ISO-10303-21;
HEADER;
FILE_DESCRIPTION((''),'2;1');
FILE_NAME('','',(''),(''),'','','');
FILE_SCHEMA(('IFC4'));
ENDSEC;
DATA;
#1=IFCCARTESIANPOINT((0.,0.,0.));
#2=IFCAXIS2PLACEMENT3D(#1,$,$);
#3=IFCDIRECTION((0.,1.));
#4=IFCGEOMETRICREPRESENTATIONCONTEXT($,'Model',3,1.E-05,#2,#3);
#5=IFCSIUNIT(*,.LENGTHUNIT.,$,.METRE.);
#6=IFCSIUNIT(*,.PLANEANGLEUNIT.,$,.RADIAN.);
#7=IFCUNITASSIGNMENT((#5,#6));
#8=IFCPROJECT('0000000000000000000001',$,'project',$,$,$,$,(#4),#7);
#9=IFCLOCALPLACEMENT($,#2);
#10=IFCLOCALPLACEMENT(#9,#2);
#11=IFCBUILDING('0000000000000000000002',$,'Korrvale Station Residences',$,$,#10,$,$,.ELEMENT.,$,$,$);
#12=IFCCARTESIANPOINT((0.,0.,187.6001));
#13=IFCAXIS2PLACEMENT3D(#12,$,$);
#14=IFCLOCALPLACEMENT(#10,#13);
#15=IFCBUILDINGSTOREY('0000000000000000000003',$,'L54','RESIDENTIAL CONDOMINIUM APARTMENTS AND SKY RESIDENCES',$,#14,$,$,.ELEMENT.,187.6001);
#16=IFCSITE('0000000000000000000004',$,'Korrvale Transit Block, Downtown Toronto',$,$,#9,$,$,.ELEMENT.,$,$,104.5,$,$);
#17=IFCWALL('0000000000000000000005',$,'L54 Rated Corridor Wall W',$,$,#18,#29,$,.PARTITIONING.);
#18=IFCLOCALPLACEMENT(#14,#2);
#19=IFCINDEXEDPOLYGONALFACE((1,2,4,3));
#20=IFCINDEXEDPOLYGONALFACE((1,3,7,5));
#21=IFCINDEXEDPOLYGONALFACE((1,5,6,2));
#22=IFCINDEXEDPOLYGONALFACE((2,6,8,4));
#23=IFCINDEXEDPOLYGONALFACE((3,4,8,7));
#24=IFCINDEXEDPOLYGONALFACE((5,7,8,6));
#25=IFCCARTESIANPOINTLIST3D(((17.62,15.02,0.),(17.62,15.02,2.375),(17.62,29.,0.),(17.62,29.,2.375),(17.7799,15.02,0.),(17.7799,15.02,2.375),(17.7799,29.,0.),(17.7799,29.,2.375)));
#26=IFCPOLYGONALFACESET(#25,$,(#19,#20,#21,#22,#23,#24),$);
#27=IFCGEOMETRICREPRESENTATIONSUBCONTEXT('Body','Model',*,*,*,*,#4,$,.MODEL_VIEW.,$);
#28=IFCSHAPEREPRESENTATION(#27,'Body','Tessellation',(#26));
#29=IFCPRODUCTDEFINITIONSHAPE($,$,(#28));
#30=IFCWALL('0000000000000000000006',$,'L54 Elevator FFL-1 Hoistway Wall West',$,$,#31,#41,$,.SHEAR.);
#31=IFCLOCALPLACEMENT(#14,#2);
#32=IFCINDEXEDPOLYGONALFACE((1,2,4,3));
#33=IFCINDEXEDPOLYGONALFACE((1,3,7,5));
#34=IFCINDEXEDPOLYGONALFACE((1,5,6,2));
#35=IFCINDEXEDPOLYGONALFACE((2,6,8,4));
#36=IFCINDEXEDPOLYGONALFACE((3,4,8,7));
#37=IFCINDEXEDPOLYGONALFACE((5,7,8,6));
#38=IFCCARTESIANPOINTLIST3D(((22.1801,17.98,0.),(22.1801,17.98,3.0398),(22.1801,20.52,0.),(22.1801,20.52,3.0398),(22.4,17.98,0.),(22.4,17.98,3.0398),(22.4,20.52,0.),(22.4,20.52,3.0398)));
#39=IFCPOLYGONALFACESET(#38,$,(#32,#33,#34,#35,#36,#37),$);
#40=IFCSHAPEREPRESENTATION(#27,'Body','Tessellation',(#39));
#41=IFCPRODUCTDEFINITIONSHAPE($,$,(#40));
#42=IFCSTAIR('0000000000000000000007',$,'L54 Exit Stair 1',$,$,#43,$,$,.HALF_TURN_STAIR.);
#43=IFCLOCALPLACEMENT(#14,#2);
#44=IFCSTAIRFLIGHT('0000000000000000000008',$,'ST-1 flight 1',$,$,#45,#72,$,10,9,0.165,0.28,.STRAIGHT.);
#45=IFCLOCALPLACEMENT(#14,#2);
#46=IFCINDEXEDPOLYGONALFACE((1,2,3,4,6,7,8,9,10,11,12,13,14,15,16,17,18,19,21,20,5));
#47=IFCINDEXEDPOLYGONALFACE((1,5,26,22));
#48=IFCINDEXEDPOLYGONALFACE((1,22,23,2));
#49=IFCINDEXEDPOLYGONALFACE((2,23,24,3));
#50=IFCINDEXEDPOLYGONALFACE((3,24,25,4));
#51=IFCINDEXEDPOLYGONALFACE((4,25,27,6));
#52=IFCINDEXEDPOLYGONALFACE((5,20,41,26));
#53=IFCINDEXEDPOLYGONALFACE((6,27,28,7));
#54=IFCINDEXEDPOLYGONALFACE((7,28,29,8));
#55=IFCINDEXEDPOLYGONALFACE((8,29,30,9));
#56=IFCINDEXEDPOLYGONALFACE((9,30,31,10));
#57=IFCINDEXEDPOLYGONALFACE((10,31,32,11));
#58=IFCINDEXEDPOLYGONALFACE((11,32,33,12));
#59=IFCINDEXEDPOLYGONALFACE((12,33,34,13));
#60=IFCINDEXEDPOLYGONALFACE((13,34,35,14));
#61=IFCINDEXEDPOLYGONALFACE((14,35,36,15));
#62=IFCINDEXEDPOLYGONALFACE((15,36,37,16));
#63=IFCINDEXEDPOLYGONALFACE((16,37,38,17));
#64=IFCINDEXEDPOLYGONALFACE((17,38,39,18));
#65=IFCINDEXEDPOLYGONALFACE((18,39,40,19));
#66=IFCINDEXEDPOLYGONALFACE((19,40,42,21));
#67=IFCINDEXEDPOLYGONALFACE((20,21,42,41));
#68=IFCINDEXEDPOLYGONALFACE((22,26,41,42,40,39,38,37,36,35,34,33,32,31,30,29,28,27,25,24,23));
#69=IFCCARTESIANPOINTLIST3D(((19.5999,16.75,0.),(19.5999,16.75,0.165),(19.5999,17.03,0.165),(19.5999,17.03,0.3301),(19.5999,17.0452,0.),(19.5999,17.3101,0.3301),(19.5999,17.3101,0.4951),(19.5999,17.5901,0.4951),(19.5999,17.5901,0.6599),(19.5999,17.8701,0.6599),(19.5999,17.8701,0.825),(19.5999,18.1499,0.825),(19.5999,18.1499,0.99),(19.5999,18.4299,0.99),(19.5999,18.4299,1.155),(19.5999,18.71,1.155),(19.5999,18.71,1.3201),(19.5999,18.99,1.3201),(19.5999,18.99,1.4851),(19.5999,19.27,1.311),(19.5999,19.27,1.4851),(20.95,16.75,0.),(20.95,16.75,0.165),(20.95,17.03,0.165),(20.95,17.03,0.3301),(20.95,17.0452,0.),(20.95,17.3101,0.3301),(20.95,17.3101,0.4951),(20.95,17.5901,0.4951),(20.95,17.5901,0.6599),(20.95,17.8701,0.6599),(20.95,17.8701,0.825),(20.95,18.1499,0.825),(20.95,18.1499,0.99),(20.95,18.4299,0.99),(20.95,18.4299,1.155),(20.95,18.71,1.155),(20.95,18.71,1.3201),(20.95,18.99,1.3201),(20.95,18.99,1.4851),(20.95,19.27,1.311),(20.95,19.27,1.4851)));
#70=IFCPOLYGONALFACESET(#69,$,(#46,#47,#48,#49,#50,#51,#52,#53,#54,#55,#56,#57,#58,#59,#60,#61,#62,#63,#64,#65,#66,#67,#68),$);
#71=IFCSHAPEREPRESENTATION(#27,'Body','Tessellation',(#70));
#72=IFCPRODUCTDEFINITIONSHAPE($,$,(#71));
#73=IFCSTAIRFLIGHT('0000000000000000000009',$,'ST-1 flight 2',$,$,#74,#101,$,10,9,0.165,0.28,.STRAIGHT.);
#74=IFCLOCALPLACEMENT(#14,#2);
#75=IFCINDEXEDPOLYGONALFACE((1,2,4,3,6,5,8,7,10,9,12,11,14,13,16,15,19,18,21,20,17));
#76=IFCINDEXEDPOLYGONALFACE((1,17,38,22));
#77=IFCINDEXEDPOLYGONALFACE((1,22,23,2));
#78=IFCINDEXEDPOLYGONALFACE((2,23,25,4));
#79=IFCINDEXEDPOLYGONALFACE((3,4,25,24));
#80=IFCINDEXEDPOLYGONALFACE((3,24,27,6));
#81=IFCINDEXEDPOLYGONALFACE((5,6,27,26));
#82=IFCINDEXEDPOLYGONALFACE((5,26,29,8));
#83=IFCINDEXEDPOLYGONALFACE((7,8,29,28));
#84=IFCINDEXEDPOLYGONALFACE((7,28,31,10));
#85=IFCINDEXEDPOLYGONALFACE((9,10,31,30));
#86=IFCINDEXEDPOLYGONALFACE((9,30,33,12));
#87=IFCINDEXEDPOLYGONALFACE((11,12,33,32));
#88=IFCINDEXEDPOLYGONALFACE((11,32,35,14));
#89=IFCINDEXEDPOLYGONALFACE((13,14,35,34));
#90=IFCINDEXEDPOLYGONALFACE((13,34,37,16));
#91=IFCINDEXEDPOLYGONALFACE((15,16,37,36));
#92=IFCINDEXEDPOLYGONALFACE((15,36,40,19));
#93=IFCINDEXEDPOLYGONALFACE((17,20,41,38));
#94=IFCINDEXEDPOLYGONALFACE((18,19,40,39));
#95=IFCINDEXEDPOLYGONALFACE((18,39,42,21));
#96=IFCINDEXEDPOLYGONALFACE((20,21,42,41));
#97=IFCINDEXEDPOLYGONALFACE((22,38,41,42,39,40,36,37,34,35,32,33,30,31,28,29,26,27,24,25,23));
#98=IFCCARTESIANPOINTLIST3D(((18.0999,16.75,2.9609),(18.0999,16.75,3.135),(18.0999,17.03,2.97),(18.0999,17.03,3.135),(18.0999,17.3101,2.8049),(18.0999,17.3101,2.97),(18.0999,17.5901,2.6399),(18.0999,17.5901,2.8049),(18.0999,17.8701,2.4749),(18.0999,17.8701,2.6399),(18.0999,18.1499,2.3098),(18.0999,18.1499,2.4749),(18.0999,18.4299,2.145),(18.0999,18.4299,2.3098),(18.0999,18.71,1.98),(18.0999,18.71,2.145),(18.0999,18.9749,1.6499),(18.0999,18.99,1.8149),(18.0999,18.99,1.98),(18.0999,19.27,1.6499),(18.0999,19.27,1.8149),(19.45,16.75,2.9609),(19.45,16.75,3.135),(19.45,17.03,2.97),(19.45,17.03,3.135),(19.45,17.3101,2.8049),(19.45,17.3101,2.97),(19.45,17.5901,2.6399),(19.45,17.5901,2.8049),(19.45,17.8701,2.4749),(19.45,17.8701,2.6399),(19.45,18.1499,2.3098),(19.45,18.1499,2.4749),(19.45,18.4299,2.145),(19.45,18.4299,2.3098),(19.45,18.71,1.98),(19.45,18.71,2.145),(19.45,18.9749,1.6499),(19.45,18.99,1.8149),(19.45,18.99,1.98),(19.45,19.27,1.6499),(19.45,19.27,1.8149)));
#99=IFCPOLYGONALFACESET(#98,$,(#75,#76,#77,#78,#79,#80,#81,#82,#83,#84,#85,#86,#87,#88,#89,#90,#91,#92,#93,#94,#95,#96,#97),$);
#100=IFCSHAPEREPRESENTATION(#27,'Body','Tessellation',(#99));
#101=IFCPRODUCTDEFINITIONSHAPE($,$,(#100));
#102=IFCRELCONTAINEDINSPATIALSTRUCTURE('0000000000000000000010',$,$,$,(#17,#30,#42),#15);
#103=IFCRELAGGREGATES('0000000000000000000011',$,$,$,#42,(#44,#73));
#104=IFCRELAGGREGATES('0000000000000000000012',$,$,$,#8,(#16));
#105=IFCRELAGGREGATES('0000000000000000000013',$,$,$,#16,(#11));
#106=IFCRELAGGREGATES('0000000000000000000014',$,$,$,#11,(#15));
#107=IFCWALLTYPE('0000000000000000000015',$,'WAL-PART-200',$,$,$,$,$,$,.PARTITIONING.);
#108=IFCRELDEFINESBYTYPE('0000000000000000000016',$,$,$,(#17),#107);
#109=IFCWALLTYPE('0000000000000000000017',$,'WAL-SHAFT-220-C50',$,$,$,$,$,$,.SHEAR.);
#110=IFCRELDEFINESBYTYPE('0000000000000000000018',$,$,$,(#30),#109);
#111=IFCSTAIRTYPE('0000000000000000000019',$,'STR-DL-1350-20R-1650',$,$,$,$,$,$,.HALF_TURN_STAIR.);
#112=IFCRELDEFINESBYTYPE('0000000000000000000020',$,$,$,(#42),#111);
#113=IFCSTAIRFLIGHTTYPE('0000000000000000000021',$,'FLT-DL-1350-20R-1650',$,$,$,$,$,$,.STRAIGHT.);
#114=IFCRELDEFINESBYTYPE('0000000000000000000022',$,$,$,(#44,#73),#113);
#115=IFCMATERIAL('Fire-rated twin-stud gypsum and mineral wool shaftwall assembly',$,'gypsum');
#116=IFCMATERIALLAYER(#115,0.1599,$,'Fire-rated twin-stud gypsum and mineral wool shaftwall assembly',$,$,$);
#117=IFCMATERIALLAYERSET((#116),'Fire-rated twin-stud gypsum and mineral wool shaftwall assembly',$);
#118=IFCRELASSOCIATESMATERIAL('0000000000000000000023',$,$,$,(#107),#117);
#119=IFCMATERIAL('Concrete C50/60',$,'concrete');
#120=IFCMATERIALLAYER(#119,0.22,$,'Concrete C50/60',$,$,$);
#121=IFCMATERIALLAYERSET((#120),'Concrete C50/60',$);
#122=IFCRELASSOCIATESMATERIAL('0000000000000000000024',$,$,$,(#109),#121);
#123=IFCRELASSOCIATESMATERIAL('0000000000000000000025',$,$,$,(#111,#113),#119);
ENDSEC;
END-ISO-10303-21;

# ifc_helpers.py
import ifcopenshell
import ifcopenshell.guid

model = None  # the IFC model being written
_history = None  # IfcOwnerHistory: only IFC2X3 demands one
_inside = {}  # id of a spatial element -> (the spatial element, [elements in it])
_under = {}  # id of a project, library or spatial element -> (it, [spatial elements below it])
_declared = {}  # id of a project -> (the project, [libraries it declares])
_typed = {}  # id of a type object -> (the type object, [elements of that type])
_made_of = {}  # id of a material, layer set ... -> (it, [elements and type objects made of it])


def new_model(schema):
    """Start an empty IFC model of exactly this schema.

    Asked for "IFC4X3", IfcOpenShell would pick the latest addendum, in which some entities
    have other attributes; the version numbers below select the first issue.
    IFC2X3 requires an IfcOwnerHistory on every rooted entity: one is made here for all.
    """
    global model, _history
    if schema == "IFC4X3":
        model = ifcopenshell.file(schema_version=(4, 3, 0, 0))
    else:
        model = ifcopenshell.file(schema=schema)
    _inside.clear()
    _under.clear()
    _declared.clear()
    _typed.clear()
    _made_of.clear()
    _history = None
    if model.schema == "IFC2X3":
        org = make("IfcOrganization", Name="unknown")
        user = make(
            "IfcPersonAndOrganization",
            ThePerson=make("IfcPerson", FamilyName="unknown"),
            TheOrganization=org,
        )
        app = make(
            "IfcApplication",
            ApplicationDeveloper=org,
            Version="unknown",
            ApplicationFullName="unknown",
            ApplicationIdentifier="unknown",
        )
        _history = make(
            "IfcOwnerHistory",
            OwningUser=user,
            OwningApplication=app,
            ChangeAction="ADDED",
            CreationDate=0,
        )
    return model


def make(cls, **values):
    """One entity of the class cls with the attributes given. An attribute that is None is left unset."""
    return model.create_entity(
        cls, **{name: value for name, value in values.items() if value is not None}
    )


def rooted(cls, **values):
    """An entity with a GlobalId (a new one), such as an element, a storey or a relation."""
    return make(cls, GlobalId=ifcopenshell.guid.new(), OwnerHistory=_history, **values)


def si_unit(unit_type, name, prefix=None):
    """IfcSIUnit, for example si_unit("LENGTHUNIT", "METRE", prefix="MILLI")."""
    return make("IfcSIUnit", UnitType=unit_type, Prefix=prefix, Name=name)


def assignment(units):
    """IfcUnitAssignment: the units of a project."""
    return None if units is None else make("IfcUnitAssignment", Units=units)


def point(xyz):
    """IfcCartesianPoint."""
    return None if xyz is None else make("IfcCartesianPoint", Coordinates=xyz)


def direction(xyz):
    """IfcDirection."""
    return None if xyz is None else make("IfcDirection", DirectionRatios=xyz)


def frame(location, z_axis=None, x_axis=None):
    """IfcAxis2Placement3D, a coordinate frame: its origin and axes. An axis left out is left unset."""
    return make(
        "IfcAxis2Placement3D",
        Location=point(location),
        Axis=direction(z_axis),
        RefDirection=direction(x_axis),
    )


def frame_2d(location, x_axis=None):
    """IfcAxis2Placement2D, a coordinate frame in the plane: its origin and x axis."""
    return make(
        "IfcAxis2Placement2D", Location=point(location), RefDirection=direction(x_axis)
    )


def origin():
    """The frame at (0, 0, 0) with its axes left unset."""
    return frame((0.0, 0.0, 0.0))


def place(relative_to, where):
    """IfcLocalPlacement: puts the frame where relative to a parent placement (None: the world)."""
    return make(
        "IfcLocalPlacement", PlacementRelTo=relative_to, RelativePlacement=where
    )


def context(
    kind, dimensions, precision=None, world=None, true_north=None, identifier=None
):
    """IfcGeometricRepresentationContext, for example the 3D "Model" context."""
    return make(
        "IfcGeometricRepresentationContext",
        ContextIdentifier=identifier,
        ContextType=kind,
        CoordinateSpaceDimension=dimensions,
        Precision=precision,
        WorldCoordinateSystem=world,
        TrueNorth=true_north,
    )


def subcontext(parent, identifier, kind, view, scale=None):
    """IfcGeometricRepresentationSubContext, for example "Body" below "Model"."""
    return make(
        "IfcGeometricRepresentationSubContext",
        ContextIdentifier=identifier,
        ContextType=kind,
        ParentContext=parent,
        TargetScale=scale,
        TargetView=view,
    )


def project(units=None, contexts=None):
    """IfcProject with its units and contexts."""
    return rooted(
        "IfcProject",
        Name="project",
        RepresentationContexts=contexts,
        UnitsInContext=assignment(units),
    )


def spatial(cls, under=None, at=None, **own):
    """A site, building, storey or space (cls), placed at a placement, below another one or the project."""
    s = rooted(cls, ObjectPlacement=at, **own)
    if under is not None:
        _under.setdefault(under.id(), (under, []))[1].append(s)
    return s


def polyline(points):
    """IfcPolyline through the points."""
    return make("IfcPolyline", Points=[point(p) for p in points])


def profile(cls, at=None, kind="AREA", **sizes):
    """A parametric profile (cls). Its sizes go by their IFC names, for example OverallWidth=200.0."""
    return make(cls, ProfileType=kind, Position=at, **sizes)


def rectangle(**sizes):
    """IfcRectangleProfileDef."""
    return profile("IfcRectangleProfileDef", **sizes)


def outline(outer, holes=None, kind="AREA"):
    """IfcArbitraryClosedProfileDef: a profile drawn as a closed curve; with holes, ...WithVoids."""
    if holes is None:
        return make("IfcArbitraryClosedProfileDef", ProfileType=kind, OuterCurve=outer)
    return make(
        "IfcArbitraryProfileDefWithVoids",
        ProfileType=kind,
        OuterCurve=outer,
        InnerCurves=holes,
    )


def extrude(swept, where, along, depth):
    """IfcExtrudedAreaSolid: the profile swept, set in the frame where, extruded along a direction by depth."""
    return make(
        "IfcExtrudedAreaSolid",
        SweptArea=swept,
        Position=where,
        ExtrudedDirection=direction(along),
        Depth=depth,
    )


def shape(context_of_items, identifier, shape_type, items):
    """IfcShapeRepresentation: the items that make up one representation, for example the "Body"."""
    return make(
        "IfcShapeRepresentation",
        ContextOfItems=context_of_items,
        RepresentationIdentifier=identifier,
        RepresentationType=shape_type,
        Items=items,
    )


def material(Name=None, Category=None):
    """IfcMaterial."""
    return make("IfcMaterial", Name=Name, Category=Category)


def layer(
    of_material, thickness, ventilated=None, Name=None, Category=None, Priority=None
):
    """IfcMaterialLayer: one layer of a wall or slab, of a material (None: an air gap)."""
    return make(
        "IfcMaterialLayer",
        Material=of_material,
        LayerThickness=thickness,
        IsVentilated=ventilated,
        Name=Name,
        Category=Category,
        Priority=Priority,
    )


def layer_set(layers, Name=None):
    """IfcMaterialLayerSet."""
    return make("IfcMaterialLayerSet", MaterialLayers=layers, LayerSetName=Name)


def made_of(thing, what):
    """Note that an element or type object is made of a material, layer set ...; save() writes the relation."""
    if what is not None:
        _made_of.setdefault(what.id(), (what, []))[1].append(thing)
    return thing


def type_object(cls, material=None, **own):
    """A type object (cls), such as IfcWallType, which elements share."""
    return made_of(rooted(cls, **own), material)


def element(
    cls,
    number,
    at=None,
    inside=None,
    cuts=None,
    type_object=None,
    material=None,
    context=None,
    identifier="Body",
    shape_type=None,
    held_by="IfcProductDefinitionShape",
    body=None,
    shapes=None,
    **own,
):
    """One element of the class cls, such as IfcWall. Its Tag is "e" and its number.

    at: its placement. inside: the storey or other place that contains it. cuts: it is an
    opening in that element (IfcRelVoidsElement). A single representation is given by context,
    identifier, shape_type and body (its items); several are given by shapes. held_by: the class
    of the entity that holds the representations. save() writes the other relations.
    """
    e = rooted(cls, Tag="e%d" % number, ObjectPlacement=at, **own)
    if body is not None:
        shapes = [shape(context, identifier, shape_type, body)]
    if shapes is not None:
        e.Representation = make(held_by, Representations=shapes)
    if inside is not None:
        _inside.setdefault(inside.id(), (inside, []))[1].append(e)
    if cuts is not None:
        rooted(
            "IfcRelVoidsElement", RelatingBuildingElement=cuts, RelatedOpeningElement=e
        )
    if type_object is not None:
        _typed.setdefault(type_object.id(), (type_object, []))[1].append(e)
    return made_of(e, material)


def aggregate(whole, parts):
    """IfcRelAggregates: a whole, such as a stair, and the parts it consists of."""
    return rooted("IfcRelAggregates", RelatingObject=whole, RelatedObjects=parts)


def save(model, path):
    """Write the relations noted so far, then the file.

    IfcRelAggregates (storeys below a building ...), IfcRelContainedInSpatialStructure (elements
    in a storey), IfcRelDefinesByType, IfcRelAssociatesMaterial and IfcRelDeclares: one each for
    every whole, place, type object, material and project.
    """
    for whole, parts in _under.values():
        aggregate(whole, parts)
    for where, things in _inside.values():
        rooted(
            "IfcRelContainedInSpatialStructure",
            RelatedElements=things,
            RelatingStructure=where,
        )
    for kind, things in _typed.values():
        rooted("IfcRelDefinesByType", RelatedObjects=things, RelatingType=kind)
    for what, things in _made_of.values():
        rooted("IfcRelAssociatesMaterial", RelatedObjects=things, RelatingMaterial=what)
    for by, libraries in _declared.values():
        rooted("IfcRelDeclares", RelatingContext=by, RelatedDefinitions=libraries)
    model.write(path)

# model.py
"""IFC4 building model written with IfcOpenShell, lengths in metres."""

from ifc_helpers import new_model, si_unit, direction, frame, frame_2d, origin, place, context, subcontext, project, spatial, polyline, rectangle, outline, extrude, material, layer, layer_set, type_object, element, aggregate, save


model = new_model("IFC4")

# Units and contexts
model_context = context("Model", 3, precision=1e-05, world=origin(), true_north=direction((0.0, 1.0)))
body_context = subcontext(model_context, "Body", "Model", "MODEL_VIEW")
ifc_project = project(units=[si_unit("LENGTHUNIT", "METRE"), si_unit("PLANEANGLEUNIT", "RADIAN")], contexts=[model_context])

# Site, building, storey
site_placement = place(None, origin())
site = spatial("IfcSite", under=ifc_project, at=site_placement, Name="Korrvale Transit Block, Downtown Toronto", CompositionType="ELEMENT", RefElevation=104.5)
building_placement = place(site_placement, origin())
building = spatial("IfcBuilding", under=site, at=building_placement, Name="Korrvale Station Residences", CompositionType="ELEMENT")
storey_placement = place(building_placement, frame((0.0, 0.0, 187.6001)))
storey = spatial("IfcBuildingStorey", under=building, at=storey_placement, Name="L54", Description="RESIDENTIAL CONDOMINIUM APARTMENTS AND SKY RESIDENCES", CompositionType="ELEMENT", Elevation=187.6001)

# Shared definitions
ifc_material_1 = material(Name="Concrete C50/60", Category="concrete")

# Shared definitions
ifc_material_2 = material(Name="Fire-rated twin-stud gypsum and mineral wool shaftwall assembly", Category="gypsum")
ifc_layer_1 = layer(ifc_material_2, 0.1599, Name="Fire-rated twin-stud gypsum and mineral wool shaftwall assembly")
ifc_layer_set_1 = layer_set([ifc_layer_1], Name="Fire-rated twin-stud gypsum and mineral wool shaftwall assembly")
wall_type_1 = type_object("IfcWallType", Name="WAL-PART-200", PredefinedType="PARTITIONING", material=ifc_layer_set_1)

# Wall
wall_1_placement = place(storey_placement, frame((17.7, 15.02, 0.0), z_axis=(0.0, 0.0, 1.0), x_axis=(0.0, 1.0, 0.0)))
element("IfcWall", 1, at=wall_1_placement, inside=storey, type_object=wall_type_1, Name="L54 Rated Corridor Wall W", PredefinedType="PARTITIONING", context=body_context, shape_type="SweptSolid", body=[
    extrude(rectangle(XDim=13.98, YDim=0.1599, at=frame_2d((6.99, 0.0))), origin(), (0.0, 0.0, 1.0), 2.375),
])

# Shared definitions
ifc_layer_2 = layer(ifc_material_1, 0.22, Name="Concrete C50/60")
ifc_layer_set_2 = layer_set([ifc_layer_2], Name="Concrete C50/60")
wall_type_2 = type_object("IfcWallType", Name="WAL-SHAFT-220-C50", PredefinedType="SHEAR", material=ifc_layer_set_2)

# Wall
wall_2_placement = place(storey_placement, frame((22.29, 17.98, 0.0), z_axis=(0.0, 0.0, 1.0), x_axis=(0.0, 1.0, 0.0)))
element("IfcWall", 2, at=wall_2_placement, inside=storey, type_object=wall_type_2, Name="L54 Elevator FFL-1 Hoistway Wall West", PredefinedType="SHEAR", context=body_context, shape_type="SweptSolid", body=[
    extrude(rectangle(XDim=2.54, YDim=0.22, at=frame_2d((1.27, 0.0))), origin(), (0.0, 0.0, 1.0), 3.0398),
])

# Stair, stair flights
stair_type = type_object("IfcStairType", Name="STR-DL-1350-20R-1650", PredefinedType="HALF_TURN_STAIR", material=ifc_material_1)
stair_placement = place(storey_placement, origin())
stair = element("IfcStair", 3, at=stair_placement, inside=storey, type_object=stair_type, Name="L54 Exit Stair 1", PredefinedType="HALF_TURN_STAIR")
stair_flight_type = type_object("IfcStairFlightType", Name="FLT-DL-1350-20R-1650", PredefinedType="STRAIGHT", material=ifc_material_1)
stair_flight_1_placement = place(storey_placement, frame((20.2749, 16.75, 0.0), z_axis=(0.0, 0.0, 1.0), x_axis=(0.0, 1.0, 0.0)))
stair_flight_1 = element("IfcStairFlight", 4, at=stair_flight_1_placement, type_object=stair_flight_type, Name="ST-1 flight 1", NumberOfRisers=10, NumberOfTreads=9, PredefinedType="STRAIGHT", RiserHeight=0.165, TreadLength=0.28, context=body_context, shape_type="SweptSolid", body=[
    extrude(outline(polyline([(0.0, 0.0), (0.0, 0.165), (0.28, 0.165), (0.28, 0.3301), (0.5601, 0.3301), (0.5601, 0.4951), (0.8401, 0.4951), (0.8401, 0.6599), (1.1201, 0.6599), (1.1201, 0.825), (1.3999, 0.825), (1.3999, 0.99), (1.6799, 0.99), (1.6799, 1.155), (1.96, 1.155), (1.96, 1.3201), (2.24, 1.3201), (2.24, 1.4851), (2.52, 1.4851), (2.52, 1.6499), (2.52, 1.311), (0.2952, 0.0), (0.0, 0.0)])), frame((0.0, 0.675, 0.0), z_axis=(0.0, -1.0, 0.0), x_axis=(1.0, 0.0, 0.0)), (0.0, 0.0, 1.0), 1.3501),
])
stair_flight_2_placement = place(storey_placement, frame((18.7749, 19.27, 1.6499), z_axis=(0.0, 0.0, 1.0), x_axis=(0.0, -1.0, 0.0)))
stair_flight_2 = element("IfcStairFlight", 5, at=stair_flight_2_placement, type_object=stair_flight_type, Name="ST-1 flight 2", NumberOfRisers=10, NumberOfTreads=9, PredefinedType="STRAIGHT", RiserHeight=0.165, TreadLength=0.28, context=body_context, shape_type="SweptSolid", body=[
    extrude(outline(polyline([(0.0, 0.0), (0.0, 0.165), (0.28, 0.165), (0.28, 0.3301), (0.5601, 0.3301), (0.5601, 0.4951), (0.8401, 0.4951), (0.8401, 0.6599), (1.1201, 0.6599), (1.1201, 0.825), (1.3999, 0.825), (1.3999, 0.99), (1.6799, 0.99), (1.6799, 1.155), (1.96, 1.155), (1.96, 1.3201), (2.24, 1.3201), (2.24, 1.4851), (2.52, 1.4851), (2.52, 1.6499), (2.52, 1.311), (0.2952, 0.0), (0.0, 0.0)])), frame((0.0, 0.675, 0.0), z_axis=(0.0, -1.0, 0.0), x_axis=(1.0, 0.0, 0.0)), (0.0, 0.0, 1.0), 1.3501),
])
aggregate(stair, [stair_flight_1, stair_flight_2])

save(model, "model.ifc")
